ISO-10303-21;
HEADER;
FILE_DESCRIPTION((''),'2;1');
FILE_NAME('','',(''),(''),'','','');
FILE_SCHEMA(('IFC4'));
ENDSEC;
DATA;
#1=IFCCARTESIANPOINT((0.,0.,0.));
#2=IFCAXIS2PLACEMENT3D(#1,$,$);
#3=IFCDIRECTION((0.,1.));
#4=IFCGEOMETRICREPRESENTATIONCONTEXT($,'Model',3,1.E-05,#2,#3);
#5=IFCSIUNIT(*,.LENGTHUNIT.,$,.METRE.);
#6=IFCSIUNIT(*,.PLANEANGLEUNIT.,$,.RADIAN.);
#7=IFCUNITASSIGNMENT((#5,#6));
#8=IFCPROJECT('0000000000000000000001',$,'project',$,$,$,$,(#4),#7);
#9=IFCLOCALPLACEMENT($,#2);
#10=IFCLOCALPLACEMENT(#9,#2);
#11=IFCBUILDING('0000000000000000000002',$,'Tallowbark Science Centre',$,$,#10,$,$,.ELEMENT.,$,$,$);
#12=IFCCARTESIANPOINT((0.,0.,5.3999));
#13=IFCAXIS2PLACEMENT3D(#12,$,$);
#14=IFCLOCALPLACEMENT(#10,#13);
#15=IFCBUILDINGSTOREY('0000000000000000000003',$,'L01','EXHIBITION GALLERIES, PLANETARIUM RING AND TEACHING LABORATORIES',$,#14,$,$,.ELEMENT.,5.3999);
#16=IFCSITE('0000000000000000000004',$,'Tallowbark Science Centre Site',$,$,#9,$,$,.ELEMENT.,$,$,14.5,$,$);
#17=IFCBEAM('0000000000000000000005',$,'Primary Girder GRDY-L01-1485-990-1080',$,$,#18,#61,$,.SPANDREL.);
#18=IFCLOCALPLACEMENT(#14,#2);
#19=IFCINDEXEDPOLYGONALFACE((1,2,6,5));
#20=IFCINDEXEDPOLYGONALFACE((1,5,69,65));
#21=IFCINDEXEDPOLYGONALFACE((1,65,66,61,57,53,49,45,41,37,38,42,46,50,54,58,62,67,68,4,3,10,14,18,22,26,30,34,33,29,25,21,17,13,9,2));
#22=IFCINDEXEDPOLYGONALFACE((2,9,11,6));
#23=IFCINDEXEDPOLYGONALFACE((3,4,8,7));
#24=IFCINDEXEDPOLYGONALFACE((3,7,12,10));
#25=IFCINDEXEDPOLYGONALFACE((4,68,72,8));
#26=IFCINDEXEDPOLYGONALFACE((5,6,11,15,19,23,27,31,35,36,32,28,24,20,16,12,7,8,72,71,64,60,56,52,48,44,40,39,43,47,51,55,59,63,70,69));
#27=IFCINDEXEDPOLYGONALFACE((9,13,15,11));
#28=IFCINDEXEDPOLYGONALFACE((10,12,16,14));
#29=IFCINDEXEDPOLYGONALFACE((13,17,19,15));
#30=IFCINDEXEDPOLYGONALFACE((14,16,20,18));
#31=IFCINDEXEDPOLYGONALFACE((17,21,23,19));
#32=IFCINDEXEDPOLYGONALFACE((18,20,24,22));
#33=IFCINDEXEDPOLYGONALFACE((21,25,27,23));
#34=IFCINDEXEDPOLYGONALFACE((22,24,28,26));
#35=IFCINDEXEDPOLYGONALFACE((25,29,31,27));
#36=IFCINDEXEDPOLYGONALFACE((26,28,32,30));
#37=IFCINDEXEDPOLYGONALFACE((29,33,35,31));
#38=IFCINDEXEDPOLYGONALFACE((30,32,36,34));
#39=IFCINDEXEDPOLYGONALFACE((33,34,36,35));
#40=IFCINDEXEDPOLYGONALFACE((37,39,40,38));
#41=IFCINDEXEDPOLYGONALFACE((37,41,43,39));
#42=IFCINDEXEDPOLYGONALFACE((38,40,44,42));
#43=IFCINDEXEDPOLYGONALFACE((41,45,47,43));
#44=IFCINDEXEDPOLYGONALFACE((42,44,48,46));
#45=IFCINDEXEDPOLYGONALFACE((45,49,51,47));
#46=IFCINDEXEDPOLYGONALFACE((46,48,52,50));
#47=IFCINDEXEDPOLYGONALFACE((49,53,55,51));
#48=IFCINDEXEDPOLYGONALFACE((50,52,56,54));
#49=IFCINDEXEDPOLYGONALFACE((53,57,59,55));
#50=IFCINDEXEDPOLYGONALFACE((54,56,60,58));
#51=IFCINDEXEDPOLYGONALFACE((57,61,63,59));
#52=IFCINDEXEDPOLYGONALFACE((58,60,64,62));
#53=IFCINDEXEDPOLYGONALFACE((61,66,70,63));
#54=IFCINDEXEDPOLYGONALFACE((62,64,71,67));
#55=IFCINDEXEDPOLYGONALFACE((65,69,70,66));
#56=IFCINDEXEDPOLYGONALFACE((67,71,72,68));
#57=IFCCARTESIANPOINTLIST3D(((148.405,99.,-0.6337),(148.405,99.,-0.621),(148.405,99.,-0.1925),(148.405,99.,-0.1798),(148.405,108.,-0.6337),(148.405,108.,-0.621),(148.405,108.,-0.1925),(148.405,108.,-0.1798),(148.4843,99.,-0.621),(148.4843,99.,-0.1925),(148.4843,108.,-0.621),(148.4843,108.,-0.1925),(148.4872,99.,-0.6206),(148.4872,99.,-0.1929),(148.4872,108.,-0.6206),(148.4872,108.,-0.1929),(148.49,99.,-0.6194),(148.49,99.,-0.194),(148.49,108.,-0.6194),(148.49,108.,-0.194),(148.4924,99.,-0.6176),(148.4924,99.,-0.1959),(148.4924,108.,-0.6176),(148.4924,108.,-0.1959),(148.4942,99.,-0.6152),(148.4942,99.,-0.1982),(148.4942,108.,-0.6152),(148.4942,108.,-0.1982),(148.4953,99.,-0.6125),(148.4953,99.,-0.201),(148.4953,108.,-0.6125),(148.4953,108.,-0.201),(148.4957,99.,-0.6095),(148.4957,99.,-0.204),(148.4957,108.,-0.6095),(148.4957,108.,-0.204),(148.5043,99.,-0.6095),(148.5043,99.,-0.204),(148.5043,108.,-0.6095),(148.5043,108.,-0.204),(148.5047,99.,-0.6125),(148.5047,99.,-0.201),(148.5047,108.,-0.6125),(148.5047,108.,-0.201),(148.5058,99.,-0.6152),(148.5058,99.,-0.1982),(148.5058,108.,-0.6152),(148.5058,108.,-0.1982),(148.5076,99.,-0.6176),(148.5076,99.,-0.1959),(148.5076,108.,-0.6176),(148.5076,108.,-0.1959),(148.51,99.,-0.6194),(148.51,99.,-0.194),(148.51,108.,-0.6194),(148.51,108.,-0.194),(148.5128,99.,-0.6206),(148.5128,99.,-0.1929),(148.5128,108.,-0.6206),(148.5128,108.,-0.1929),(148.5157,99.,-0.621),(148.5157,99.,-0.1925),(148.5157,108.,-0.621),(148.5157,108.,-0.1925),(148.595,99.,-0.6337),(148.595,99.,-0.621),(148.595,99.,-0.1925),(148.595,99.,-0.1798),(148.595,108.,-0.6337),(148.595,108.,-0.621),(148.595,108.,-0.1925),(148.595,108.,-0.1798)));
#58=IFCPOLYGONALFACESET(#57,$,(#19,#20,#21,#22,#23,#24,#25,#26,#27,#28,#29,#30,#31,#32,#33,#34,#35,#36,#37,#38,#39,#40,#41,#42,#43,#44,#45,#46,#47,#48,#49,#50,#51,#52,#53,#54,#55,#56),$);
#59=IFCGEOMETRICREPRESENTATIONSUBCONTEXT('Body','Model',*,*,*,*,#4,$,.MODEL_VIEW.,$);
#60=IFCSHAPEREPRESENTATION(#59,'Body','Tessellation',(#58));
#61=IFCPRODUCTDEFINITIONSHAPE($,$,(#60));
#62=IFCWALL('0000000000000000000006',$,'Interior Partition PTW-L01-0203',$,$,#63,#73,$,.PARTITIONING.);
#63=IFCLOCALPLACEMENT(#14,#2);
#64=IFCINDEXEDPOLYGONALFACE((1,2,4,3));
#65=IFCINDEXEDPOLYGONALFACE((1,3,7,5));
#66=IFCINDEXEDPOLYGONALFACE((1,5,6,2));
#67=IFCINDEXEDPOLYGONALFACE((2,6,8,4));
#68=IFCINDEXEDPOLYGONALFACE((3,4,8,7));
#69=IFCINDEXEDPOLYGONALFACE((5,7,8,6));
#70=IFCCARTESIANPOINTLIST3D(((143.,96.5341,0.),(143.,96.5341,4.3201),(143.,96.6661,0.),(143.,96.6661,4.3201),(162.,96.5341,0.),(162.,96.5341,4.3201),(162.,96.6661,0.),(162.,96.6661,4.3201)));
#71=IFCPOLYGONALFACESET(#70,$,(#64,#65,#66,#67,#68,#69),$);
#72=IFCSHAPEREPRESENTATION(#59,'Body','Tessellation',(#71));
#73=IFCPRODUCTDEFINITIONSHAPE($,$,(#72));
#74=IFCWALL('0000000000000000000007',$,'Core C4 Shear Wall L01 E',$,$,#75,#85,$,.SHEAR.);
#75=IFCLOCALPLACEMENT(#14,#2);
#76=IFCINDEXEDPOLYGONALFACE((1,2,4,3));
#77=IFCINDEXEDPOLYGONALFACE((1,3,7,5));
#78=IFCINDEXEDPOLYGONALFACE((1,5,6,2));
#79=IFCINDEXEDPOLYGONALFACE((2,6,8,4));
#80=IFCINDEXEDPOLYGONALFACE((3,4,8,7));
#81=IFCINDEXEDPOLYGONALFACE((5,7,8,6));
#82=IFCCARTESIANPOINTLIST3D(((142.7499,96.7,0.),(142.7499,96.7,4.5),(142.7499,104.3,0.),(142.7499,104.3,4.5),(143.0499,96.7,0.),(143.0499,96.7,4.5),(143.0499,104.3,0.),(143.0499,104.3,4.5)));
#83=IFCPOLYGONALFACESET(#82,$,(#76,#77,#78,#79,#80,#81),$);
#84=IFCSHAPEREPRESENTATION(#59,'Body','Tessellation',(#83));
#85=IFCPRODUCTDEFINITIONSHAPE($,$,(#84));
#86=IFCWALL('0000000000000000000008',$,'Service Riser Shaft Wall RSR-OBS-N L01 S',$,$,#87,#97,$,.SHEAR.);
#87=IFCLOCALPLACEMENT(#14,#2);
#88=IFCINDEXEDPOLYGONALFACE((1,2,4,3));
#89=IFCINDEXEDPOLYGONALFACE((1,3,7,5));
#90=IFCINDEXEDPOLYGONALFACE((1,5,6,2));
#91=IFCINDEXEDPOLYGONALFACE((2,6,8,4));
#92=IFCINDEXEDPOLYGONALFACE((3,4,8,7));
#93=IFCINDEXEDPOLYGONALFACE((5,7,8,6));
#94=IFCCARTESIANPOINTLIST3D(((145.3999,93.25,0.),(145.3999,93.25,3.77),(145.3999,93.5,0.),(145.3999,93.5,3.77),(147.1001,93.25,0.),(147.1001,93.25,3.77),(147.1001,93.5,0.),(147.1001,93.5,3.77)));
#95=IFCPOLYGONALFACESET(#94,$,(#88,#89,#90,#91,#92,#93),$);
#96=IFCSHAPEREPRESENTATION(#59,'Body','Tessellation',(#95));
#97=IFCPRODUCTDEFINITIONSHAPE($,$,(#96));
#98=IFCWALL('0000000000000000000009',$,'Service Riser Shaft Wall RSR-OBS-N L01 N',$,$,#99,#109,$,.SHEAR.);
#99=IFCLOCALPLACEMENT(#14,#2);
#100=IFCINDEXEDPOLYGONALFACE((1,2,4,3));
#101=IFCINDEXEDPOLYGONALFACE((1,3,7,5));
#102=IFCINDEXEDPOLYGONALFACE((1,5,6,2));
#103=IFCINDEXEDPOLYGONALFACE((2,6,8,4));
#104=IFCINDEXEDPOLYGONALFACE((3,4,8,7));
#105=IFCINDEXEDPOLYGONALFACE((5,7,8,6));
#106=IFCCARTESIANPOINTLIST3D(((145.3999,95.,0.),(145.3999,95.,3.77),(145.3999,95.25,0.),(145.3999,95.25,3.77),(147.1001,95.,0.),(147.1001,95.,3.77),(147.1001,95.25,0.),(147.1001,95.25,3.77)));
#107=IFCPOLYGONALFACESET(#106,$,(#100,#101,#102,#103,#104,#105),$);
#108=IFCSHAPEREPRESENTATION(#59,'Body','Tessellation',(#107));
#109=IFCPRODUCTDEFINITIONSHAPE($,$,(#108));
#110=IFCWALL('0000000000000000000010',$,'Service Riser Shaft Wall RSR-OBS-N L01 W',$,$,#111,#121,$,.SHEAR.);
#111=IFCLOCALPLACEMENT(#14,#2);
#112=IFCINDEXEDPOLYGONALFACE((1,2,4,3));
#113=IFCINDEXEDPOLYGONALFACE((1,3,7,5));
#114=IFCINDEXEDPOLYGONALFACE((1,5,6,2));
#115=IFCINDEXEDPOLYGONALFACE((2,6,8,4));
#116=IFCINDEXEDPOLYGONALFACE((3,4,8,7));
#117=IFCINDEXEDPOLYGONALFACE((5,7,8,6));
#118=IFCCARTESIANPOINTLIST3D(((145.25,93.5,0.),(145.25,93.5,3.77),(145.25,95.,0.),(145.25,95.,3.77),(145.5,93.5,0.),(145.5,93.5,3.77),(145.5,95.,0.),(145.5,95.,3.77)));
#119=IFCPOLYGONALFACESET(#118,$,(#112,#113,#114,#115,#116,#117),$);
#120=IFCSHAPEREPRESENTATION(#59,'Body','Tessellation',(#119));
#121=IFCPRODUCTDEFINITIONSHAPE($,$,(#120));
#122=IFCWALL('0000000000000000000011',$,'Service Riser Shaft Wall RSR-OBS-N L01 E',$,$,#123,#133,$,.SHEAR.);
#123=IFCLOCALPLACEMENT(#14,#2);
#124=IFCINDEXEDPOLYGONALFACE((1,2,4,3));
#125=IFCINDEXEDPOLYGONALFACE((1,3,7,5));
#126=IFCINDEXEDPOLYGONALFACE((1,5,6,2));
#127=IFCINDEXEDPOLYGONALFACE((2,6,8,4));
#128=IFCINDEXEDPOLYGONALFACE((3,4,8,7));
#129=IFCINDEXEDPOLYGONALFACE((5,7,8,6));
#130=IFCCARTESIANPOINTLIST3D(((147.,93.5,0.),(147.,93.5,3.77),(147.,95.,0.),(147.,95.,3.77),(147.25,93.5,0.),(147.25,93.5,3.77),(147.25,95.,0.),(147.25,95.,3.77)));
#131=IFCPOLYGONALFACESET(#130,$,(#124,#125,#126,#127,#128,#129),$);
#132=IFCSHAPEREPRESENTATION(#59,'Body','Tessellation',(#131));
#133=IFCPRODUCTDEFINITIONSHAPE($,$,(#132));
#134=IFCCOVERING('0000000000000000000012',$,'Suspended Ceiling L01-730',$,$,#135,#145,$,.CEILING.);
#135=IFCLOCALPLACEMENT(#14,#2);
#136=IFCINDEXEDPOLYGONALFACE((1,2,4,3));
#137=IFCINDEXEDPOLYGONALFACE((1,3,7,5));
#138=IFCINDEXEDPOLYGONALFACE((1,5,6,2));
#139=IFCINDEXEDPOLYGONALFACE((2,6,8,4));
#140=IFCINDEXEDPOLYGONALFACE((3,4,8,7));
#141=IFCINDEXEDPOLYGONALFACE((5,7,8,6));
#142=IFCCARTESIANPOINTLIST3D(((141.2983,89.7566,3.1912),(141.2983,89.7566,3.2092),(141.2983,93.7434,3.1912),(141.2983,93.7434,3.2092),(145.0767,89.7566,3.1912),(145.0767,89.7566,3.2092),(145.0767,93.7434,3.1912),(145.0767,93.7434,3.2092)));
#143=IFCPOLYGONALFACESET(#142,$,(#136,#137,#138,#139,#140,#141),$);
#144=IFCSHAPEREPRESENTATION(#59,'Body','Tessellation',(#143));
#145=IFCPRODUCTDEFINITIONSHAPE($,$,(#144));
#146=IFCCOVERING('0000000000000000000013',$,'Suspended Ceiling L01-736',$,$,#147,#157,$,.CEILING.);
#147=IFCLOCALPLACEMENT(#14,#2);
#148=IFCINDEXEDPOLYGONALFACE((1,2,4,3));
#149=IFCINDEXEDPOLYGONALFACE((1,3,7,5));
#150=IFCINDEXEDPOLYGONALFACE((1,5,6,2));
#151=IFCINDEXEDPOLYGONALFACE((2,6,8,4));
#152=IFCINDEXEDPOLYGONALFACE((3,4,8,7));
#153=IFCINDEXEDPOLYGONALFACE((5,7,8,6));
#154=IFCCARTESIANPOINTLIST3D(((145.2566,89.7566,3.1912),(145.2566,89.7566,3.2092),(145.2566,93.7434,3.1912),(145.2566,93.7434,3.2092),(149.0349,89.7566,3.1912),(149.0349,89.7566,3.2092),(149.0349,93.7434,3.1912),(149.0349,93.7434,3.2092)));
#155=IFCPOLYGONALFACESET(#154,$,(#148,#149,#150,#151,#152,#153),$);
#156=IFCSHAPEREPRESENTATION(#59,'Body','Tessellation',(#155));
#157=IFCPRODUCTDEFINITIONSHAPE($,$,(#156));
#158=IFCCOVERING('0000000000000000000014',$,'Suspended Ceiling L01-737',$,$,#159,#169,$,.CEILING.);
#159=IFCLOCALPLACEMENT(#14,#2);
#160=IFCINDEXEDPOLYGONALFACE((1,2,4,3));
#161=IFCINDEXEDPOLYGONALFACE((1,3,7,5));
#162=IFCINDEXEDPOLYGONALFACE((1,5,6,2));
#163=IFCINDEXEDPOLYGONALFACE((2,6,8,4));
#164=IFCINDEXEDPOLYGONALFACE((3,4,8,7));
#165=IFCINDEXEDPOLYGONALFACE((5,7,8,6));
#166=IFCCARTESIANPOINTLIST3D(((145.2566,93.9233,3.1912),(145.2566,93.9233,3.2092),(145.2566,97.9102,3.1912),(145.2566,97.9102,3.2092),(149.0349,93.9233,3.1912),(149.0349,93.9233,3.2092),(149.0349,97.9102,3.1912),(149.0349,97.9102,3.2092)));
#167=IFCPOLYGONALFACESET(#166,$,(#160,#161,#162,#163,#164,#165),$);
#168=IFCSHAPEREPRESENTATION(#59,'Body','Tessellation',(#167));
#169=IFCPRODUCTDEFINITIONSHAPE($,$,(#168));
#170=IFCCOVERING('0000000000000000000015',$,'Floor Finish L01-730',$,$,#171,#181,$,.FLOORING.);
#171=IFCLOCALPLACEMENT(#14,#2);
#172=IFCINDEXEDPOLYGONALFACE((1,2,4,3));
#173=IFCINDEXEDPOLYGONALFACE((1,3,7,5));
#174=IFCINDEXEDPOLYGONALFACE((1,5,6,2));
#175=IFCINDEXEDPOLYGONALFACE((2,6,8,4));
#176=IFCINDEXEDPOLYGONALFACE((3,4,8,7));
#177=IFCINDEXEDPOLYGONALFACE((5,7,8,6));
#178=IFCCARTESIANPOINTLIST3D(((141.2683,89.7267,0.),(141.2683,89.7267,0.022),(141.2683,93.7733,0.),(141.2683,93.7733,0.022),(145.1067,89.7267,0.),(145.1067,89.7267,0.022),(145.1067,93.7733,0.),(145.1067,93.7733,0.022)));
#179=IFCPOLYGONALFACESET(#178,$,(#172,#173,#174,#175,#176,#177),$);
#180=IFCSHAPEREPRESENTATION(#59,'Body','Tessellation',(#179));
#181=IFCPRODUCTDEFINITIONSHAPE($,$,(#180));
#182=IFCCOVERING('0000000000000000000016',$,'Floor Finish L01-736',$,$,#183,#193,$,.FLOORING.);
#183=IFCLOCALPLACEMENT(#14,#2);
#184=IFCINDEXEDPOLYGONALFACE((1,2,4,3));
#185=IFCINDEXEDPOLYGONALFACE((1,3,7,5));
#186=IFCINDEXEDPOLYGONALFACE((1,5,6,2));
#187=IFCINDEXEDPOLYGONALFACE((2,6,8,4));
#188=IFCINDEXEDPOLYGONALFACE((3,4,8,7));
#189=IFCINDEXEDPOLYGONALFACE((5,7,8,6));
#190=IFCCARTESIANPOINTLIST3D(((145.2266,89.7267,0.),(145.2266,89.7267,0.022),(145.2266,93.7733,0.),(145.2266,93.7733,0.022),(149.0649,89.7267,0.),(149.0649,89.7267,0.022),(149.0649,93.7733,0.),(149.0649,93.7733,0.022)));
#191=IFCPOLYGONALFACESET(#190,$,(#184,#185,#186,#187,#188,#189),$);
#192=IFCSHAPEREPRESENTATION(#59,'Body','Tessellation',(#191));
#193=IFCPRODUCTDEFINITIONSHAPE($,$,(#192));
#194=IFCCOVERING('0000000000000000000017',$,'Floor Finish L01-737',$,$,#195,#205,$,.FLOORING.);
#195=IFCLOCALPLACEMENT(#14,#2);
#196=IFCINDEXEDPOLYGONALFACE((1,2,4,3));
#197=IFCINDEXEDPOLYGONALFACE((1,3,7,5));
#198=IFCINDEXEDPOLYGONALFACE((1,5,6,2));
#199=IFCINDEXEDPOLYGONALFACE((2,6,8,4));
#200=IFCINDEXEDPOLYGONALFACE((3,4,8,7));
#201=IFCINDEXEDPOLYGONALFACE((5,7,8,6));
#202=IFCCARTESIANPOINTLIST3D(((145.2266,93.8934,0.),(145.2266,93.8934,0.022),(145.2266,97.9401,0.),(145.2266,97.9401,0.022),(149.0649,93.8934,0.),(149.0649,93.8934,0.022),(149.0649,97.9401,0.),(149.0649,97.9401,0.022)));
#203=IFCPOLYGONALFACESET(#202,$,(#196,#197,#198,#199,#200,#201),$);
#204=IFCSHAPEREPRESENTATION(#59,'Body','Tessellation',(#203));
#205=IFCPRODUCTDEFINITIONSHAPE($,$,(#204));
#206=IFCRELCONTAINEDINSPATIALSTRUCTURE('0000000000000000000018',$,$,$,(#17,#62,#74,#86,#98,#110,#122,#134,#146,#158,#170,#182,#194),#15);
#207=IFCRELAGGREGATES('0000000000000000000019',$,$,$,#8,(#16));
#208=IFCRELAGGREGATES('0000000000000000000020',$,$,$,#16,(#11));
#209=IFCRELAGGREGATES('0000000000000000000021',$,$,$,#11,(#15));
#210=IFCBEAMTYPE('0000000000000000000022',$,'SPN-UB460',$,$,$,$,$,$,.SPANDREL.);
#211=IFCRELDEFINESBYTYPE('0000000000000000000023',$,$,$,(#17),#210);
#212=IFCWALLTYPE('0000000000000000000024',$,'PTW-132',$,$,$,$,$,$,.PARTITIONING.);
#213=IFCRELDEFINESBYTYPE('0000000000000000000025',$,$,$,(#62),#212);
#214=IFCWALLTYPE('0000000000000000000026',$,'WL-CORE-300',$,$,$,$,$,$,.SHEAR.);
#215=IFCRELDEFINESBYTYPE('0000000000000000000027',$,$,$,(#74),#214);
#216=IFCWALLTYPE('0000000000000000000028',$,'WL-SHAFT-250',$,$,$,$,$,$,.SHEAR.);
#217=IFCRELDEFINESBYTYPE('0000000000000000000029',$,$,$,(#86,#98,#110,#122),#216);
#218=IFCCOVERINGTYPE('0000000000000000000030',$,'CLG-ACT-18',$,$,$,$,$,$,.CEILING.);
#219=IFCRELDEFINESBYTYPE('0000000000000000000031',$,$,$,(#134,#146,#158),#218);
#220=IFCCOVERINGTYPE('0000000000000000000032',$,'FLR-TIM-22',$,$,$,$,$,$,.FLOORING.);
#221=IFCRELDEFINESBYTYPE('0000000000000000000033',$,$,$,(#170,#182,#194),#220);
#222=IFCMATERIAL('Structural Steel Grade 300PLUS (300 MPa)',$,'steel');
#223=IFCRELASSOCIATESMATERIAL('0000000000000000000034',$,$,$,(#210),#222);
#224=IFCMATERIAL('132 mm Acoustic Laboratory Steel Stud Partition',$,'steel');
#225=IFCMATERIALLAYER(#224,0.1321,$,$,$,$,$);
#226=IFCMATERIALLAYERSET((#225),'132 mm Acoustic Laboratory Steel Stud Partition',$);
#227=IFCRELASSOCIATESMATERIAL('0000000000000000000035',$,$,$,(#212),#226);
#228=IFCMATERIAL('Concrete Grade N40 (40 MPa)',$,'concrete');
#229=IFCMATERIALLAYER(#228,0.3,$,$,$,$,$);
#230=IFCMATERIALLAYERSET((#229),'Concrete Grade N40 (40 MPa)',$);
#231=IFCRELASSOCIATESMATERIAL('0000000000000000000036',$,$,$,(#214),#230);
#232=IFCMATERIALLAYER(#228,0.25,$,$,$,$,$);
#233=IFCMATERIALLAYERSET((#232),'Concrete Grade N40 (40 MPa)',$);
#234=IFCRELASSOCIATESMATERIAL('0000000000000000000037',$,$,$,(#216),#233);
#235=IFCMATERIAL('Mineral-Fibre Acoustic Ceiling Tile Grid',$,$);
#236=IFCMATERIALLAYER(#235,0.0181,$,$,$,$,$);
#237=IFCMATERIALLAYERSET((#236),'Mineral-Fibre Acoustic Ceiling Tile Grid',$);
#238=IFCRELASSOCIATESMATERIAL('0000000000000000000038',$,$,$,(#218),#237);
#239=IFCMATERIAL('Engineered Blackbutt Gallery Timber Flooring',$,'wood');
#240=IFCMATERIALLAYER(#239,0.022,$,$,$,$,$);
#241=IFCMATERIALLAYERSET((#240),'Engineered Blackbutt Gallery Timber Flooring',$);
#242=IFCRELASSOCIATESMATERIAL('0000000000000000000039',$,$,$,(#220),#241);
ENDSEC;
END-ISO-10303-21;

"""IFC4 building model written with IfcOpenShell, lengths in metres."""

from ifc_helpers import new_model, si_unit, direction, frame, frame_2d, origin, origin_2d, place, context, subcontext, project, spatial, rectangle, i_section, extrude, material, layer, layer_set, material_profile, profile_set, type_object, element, save


model = new_model("IFC4")

# Units and contexts
model_context = context("Model", 3, precision=1e-05, world=origin(), true_north=direction((0.0, 1.0)))
body_context = subcontext(model_context, "Body", "Model", "MODEL_VIEW")
ifc_project = project(units=[si_unit("LENGTHUNIT", "METRE"), si_unit("PLANEANGLEUNIT", "RADIAN")], contexts=[model_context])

# Site, building, storey
site_placement = place(None, origin())
site = spatial("IfcSite", under=ifc_project, at=site_placement, Name="Tallowbark Science Centre Site", CompositionType="ELEMENT", RefElevation=14.5)
building_placement = place(site_placement, origin())
building = spatial("IfcBuilding", under=site, at=building_placement, Name="Tallowbark Science Centre", CompositionType="ELEMENT")
storey_placement = place(building_placement, frame((0.0, 0.0, 5.3999)))
storey = spatial("IfcBuildingStorey", under=building, at=storey_placement, Name="L01", Description="EXHIBITION GALLERIES, PLANETARIUM RING AND TEACHING LABORATORIES", CompositionType="ELEMENT", Elevation=5.3999)

# Shared definitions
ifc_material_1 = material(Name="Structural Steel Grade 300PLUS (300 MPa)", Category="steel")

# Beam
ifc_material_profile_1 = material_profile(ifc_material_1, i_section(OverallWidth=0.1899, OverallDepth=0.4539, WebThickness=0.0085, FlangeThickness=0.0127, FilletRadius=0.0115, at=origin_2d()), Name="460UB67.1")
ifc_profile_set_1 = profile_set([ifc_material_profile_1], Name="Structural Steel Grade 300PLUS (300 MPa)")
beam_type_1 = type_object("IfcBeamType", Name="SPN-UB460", PredefinedType="SPANDREL", material=ifc_profile_set_1)
for number, where, z_axis, x_axis, name in (
    (1, (148.5, 99.0, -0.4067), (0.0, 1.0, 0.0), (-1.0, 0.0, 0.0), "Primary Girder GRDY-L01-1485-990-1080"),
):
    element("IfcBeam", number, at=place(storey_placement, frame(where, z_axis=z_axis, x_axis=x_axis)), inside=storey, type_object=beam_type_1, Name=name, PredefinedType="SPANDREL", context=body_context, shape_type="SweptSolid", body=[
        extrude(i_section(OverallWidth=0.1899, OverallDepth=0.4539, WebThickness=0.0085, FlangeThickness=0.0127, FilletRadius=0.0115, at=origin_2d()), origin(), (0.0, 0.0, 1.0), 9.0),
    ])

# Walls
ifc_material_2 = material(Name="132 mm Acoustic Laboratory Steel Stud Partition", Category="steel")
ifc_layer_1 = layer(ifc_material_2, 0.1321)
ifc_layer_set_1 = layer_set([ifc_layer_1], Name="132 mm Acoustic Laboratory Steel Stud Partition")
wall_type_1 = type_object("IfcWallType", Name="PTW-132", PredefinedType="PARTITIONING", material=ifc_layer_set_1)
wall_1_placement = place(storey_placement, frame((143.0, 96.6001, 0.0), z_axis=(0.0, 0.0, 1.0), x_axis=(1.0, 0.0, 0.0)))
element("IfcWall", 2, at=wall_1_placement, inside=storey, type_object=wall_type_1, Name="Interior Partition PTW-L01-0203", PredefinedType="PARTITIONING", context=body_context, shape_type="SweptSolid", body=[
    extrude(rectangle(XDim=19.0, YDim=0.1321, at=frame_2d((9.5, 0.0))), origin(), (0.0, 0.0, 1.0), 4.3201),
])
ifc_material_3 = material(Name="Concrete Grade N40 (40 MPa)", Category="concrete")
ifc_layer_2 = layer(ifc_material_3, 0.3)
ifc_layer_set_2 = layer_set([ifc_layer_2], Name="Concrete Grade N40 (40 MPa)")
wall_type_2 = type_object("IfcWallType", Name="WL-CORE-300", PredefinedType="SHEAR", material=ifc_layer_set_2)
wall_2_placement = place(storey_placement, frame((142.8999, 96.7, 0.0), z_axis=(0.0, 0.0, 1.0), x_axis=(0.0, 1.0, 0.0)))
element("IfcWall", 3, at=wall_2_placement, inside=storey, type_object=wall_type_2, Name="Core C4 Shear Wall L01 E", PredefinedType="SHEAR", context=body_context, shape_type="SweptSolid", body=[
    extrude(rectangle(XDim=7.6001, YDim=0.3, at=frame_2d((3.8, 0.0))), origin(), (0.0, 0.0, 1.0), 4.5),
])
ifc_layer_3 = layer(ifc_material_3, 0.25)
ifc_layer_set_3 = layer_set([ifc_layer_3], Name="Concrete Grade N40 (40 MPa)")
wall_type_3 = type_object("IfcWallType", Name="WL-SHAFT-250", PredefinedType="SHEAR", material=ifc_layer_set_3)
for number, where, z_axis, x_axis, name in (
    (4, (145.3999, 93.375, 0.0), (0.0, 0.0, 1.0), (1.0, 0.0, 0.0), "Service Riser Shaft Wall RSR-OBS-N L01 S"),
    (5, (145.3999, 95.125, 0.0), (0.0, 0.0, 1.0), (1.0, 0.0, 0.0), "Service Riser Shaft Wall RSR-OBS-N L01 N"),
):
    element("IfcWall", number, at=place(storey_placement, frame(where, z_axis=z_axis, x_axis=x_axis)), inside=storey, type_object=wall_type_3, Name=name, PredefinedType="SHEAR", context=body_context, shape_type="SweptSolid", body=[
        extrude(rectangle(XDim=1.7002, YDim=0.25, at=frame_2d((0.8501, 0.0))), origin(), (0.0, 0.0, 1.0), 3.77),
    ])
for number, where, z_axis, x_axis, name in (
    (6, (145.375, 93.5, 0.0), (0.0, 0.0, 1.0), (0.0, 1.0, 0.0), "Service Riser Shaft Wall RSR-OBS-N L01 W"),
    (7, (147.125, 93.5, 0.0), (0.0, 0.0, 1.0), (0.0, 1.0, 0.0), "Service Riser Shaft Wall RSR-OBS-N L01 E"),
):
    element("IfcWall", number, at=place(storey_placement, frame(where, z_axis=z_axis, x_axis=x_axis)), inside=storey, type_object=wall_type_3, Name=name, PredefinedType="SHEAR", context=body_context, shape_type="SweptSolid", body=[
        extrude(rectangle(XDim=1.5, YDim=0.25, at=frame_2d((0.75, 0.0))), origin(), (0.0, 0.0, 1.0), 3.77),
    ])

# Coverings
ifc_material_4 = material(Name="Mineral-Fibre Acoustic Ceiling Tile Grid")
ifc_layer_4 = layer(ifc_material_4, 0.0181)
ifc_layer_set_4 = layer_set([ifc_layer_4], Name="Mineral-Fibre Acoustic Ceiling Tile Grid")
covering_type_1 = type_object("IfcCoveringType", Name="CLG-ACT-18", PredefinedType="CEILING", material=ifc_layer_set_4)
for number, where, z_axis, x_axis, name in (
    (8, (143.1875, 91.75, 3.1912), (0.0, 0.0, 1.0), (1.0, 0.0, 0.0), "Suspended Ceiling L01-730"),
    (9, (147.1458, 91.75, 3.1912), (0.0, 0.0, 1.0), (1.0, 0.0, 0.0), "Suspended Ceiling L01-736"),
    (10, (147.1458, 95.9167, 3.1912), (0.0, 0.0, 1.0), (1.0, 0.0, 0.0), "Suspended Ceiling L01-737"),
):
    element("IfcCovering", number, at=place(storey_placement, frame(where, z_axis=z_axis, x_axis=x_axis)), inside=storey, type_object=covering_type_1, Name=name, PredefinedType="CEILING", context=body_context, shape_type="SweptSolid", body=[
        extrude(rectangle(XDim=3.7783, YDim=3.9868, at=origin_2d()), origin(), (0.0, 0.0, 1.0), 0.0181),
    ])
ifc_material_5 = material(Name="Engineered Blackbutt Gallery Timber Flooring", Category="wood")
ifc_layer_5 = layer(ifc_material_5, 0.022)
ifc_layer_set_5 = layer_set([ifc_layer_5], Name="Engineered Blackbutt Gallery Timber Flooring")
covering_type_2 = type_object("IfcCoveringType", Name="FLR-TIM-22", PredefinedType="FLOORING", material=ifc_layer_set_5)
for number, where, z_axis, x_axis, name in (
    (11, (143.1875, 91.75, 0.0), (0.0, 0.0, 1.0), (1.0, 0.0, 0.0), "Floor Finish L01-730"),
    (12, (147.1458, 91.75, 0.0), (0.0, 0.0, 1.0), (1.0, 0.0, 0.0), "Floor Finish L01-736"),
    (13, (147.1458, 95.9167, 0.0), (0.0, 0.0, 1.0), (1.0, 0.0, 0.0), "Floor Finish L01-737"),
):
    element("IfcCovering", number, at=place(storey_placement, frame(where, z_axis=z_axis, x_axis=x_axis)), inside=storey, type_object=covering_type_2, Name=name, PredefinedType="FLOORING", context=body_context, shape_type="SweptSolid", body=[
        extrude(rectangle(XDim=3.8384, YDim=4.0466, at=origin_2d()), origin(), (0.0, 0.0, 1.0), 0.022),
    ])

save(model, "model.ifc")
